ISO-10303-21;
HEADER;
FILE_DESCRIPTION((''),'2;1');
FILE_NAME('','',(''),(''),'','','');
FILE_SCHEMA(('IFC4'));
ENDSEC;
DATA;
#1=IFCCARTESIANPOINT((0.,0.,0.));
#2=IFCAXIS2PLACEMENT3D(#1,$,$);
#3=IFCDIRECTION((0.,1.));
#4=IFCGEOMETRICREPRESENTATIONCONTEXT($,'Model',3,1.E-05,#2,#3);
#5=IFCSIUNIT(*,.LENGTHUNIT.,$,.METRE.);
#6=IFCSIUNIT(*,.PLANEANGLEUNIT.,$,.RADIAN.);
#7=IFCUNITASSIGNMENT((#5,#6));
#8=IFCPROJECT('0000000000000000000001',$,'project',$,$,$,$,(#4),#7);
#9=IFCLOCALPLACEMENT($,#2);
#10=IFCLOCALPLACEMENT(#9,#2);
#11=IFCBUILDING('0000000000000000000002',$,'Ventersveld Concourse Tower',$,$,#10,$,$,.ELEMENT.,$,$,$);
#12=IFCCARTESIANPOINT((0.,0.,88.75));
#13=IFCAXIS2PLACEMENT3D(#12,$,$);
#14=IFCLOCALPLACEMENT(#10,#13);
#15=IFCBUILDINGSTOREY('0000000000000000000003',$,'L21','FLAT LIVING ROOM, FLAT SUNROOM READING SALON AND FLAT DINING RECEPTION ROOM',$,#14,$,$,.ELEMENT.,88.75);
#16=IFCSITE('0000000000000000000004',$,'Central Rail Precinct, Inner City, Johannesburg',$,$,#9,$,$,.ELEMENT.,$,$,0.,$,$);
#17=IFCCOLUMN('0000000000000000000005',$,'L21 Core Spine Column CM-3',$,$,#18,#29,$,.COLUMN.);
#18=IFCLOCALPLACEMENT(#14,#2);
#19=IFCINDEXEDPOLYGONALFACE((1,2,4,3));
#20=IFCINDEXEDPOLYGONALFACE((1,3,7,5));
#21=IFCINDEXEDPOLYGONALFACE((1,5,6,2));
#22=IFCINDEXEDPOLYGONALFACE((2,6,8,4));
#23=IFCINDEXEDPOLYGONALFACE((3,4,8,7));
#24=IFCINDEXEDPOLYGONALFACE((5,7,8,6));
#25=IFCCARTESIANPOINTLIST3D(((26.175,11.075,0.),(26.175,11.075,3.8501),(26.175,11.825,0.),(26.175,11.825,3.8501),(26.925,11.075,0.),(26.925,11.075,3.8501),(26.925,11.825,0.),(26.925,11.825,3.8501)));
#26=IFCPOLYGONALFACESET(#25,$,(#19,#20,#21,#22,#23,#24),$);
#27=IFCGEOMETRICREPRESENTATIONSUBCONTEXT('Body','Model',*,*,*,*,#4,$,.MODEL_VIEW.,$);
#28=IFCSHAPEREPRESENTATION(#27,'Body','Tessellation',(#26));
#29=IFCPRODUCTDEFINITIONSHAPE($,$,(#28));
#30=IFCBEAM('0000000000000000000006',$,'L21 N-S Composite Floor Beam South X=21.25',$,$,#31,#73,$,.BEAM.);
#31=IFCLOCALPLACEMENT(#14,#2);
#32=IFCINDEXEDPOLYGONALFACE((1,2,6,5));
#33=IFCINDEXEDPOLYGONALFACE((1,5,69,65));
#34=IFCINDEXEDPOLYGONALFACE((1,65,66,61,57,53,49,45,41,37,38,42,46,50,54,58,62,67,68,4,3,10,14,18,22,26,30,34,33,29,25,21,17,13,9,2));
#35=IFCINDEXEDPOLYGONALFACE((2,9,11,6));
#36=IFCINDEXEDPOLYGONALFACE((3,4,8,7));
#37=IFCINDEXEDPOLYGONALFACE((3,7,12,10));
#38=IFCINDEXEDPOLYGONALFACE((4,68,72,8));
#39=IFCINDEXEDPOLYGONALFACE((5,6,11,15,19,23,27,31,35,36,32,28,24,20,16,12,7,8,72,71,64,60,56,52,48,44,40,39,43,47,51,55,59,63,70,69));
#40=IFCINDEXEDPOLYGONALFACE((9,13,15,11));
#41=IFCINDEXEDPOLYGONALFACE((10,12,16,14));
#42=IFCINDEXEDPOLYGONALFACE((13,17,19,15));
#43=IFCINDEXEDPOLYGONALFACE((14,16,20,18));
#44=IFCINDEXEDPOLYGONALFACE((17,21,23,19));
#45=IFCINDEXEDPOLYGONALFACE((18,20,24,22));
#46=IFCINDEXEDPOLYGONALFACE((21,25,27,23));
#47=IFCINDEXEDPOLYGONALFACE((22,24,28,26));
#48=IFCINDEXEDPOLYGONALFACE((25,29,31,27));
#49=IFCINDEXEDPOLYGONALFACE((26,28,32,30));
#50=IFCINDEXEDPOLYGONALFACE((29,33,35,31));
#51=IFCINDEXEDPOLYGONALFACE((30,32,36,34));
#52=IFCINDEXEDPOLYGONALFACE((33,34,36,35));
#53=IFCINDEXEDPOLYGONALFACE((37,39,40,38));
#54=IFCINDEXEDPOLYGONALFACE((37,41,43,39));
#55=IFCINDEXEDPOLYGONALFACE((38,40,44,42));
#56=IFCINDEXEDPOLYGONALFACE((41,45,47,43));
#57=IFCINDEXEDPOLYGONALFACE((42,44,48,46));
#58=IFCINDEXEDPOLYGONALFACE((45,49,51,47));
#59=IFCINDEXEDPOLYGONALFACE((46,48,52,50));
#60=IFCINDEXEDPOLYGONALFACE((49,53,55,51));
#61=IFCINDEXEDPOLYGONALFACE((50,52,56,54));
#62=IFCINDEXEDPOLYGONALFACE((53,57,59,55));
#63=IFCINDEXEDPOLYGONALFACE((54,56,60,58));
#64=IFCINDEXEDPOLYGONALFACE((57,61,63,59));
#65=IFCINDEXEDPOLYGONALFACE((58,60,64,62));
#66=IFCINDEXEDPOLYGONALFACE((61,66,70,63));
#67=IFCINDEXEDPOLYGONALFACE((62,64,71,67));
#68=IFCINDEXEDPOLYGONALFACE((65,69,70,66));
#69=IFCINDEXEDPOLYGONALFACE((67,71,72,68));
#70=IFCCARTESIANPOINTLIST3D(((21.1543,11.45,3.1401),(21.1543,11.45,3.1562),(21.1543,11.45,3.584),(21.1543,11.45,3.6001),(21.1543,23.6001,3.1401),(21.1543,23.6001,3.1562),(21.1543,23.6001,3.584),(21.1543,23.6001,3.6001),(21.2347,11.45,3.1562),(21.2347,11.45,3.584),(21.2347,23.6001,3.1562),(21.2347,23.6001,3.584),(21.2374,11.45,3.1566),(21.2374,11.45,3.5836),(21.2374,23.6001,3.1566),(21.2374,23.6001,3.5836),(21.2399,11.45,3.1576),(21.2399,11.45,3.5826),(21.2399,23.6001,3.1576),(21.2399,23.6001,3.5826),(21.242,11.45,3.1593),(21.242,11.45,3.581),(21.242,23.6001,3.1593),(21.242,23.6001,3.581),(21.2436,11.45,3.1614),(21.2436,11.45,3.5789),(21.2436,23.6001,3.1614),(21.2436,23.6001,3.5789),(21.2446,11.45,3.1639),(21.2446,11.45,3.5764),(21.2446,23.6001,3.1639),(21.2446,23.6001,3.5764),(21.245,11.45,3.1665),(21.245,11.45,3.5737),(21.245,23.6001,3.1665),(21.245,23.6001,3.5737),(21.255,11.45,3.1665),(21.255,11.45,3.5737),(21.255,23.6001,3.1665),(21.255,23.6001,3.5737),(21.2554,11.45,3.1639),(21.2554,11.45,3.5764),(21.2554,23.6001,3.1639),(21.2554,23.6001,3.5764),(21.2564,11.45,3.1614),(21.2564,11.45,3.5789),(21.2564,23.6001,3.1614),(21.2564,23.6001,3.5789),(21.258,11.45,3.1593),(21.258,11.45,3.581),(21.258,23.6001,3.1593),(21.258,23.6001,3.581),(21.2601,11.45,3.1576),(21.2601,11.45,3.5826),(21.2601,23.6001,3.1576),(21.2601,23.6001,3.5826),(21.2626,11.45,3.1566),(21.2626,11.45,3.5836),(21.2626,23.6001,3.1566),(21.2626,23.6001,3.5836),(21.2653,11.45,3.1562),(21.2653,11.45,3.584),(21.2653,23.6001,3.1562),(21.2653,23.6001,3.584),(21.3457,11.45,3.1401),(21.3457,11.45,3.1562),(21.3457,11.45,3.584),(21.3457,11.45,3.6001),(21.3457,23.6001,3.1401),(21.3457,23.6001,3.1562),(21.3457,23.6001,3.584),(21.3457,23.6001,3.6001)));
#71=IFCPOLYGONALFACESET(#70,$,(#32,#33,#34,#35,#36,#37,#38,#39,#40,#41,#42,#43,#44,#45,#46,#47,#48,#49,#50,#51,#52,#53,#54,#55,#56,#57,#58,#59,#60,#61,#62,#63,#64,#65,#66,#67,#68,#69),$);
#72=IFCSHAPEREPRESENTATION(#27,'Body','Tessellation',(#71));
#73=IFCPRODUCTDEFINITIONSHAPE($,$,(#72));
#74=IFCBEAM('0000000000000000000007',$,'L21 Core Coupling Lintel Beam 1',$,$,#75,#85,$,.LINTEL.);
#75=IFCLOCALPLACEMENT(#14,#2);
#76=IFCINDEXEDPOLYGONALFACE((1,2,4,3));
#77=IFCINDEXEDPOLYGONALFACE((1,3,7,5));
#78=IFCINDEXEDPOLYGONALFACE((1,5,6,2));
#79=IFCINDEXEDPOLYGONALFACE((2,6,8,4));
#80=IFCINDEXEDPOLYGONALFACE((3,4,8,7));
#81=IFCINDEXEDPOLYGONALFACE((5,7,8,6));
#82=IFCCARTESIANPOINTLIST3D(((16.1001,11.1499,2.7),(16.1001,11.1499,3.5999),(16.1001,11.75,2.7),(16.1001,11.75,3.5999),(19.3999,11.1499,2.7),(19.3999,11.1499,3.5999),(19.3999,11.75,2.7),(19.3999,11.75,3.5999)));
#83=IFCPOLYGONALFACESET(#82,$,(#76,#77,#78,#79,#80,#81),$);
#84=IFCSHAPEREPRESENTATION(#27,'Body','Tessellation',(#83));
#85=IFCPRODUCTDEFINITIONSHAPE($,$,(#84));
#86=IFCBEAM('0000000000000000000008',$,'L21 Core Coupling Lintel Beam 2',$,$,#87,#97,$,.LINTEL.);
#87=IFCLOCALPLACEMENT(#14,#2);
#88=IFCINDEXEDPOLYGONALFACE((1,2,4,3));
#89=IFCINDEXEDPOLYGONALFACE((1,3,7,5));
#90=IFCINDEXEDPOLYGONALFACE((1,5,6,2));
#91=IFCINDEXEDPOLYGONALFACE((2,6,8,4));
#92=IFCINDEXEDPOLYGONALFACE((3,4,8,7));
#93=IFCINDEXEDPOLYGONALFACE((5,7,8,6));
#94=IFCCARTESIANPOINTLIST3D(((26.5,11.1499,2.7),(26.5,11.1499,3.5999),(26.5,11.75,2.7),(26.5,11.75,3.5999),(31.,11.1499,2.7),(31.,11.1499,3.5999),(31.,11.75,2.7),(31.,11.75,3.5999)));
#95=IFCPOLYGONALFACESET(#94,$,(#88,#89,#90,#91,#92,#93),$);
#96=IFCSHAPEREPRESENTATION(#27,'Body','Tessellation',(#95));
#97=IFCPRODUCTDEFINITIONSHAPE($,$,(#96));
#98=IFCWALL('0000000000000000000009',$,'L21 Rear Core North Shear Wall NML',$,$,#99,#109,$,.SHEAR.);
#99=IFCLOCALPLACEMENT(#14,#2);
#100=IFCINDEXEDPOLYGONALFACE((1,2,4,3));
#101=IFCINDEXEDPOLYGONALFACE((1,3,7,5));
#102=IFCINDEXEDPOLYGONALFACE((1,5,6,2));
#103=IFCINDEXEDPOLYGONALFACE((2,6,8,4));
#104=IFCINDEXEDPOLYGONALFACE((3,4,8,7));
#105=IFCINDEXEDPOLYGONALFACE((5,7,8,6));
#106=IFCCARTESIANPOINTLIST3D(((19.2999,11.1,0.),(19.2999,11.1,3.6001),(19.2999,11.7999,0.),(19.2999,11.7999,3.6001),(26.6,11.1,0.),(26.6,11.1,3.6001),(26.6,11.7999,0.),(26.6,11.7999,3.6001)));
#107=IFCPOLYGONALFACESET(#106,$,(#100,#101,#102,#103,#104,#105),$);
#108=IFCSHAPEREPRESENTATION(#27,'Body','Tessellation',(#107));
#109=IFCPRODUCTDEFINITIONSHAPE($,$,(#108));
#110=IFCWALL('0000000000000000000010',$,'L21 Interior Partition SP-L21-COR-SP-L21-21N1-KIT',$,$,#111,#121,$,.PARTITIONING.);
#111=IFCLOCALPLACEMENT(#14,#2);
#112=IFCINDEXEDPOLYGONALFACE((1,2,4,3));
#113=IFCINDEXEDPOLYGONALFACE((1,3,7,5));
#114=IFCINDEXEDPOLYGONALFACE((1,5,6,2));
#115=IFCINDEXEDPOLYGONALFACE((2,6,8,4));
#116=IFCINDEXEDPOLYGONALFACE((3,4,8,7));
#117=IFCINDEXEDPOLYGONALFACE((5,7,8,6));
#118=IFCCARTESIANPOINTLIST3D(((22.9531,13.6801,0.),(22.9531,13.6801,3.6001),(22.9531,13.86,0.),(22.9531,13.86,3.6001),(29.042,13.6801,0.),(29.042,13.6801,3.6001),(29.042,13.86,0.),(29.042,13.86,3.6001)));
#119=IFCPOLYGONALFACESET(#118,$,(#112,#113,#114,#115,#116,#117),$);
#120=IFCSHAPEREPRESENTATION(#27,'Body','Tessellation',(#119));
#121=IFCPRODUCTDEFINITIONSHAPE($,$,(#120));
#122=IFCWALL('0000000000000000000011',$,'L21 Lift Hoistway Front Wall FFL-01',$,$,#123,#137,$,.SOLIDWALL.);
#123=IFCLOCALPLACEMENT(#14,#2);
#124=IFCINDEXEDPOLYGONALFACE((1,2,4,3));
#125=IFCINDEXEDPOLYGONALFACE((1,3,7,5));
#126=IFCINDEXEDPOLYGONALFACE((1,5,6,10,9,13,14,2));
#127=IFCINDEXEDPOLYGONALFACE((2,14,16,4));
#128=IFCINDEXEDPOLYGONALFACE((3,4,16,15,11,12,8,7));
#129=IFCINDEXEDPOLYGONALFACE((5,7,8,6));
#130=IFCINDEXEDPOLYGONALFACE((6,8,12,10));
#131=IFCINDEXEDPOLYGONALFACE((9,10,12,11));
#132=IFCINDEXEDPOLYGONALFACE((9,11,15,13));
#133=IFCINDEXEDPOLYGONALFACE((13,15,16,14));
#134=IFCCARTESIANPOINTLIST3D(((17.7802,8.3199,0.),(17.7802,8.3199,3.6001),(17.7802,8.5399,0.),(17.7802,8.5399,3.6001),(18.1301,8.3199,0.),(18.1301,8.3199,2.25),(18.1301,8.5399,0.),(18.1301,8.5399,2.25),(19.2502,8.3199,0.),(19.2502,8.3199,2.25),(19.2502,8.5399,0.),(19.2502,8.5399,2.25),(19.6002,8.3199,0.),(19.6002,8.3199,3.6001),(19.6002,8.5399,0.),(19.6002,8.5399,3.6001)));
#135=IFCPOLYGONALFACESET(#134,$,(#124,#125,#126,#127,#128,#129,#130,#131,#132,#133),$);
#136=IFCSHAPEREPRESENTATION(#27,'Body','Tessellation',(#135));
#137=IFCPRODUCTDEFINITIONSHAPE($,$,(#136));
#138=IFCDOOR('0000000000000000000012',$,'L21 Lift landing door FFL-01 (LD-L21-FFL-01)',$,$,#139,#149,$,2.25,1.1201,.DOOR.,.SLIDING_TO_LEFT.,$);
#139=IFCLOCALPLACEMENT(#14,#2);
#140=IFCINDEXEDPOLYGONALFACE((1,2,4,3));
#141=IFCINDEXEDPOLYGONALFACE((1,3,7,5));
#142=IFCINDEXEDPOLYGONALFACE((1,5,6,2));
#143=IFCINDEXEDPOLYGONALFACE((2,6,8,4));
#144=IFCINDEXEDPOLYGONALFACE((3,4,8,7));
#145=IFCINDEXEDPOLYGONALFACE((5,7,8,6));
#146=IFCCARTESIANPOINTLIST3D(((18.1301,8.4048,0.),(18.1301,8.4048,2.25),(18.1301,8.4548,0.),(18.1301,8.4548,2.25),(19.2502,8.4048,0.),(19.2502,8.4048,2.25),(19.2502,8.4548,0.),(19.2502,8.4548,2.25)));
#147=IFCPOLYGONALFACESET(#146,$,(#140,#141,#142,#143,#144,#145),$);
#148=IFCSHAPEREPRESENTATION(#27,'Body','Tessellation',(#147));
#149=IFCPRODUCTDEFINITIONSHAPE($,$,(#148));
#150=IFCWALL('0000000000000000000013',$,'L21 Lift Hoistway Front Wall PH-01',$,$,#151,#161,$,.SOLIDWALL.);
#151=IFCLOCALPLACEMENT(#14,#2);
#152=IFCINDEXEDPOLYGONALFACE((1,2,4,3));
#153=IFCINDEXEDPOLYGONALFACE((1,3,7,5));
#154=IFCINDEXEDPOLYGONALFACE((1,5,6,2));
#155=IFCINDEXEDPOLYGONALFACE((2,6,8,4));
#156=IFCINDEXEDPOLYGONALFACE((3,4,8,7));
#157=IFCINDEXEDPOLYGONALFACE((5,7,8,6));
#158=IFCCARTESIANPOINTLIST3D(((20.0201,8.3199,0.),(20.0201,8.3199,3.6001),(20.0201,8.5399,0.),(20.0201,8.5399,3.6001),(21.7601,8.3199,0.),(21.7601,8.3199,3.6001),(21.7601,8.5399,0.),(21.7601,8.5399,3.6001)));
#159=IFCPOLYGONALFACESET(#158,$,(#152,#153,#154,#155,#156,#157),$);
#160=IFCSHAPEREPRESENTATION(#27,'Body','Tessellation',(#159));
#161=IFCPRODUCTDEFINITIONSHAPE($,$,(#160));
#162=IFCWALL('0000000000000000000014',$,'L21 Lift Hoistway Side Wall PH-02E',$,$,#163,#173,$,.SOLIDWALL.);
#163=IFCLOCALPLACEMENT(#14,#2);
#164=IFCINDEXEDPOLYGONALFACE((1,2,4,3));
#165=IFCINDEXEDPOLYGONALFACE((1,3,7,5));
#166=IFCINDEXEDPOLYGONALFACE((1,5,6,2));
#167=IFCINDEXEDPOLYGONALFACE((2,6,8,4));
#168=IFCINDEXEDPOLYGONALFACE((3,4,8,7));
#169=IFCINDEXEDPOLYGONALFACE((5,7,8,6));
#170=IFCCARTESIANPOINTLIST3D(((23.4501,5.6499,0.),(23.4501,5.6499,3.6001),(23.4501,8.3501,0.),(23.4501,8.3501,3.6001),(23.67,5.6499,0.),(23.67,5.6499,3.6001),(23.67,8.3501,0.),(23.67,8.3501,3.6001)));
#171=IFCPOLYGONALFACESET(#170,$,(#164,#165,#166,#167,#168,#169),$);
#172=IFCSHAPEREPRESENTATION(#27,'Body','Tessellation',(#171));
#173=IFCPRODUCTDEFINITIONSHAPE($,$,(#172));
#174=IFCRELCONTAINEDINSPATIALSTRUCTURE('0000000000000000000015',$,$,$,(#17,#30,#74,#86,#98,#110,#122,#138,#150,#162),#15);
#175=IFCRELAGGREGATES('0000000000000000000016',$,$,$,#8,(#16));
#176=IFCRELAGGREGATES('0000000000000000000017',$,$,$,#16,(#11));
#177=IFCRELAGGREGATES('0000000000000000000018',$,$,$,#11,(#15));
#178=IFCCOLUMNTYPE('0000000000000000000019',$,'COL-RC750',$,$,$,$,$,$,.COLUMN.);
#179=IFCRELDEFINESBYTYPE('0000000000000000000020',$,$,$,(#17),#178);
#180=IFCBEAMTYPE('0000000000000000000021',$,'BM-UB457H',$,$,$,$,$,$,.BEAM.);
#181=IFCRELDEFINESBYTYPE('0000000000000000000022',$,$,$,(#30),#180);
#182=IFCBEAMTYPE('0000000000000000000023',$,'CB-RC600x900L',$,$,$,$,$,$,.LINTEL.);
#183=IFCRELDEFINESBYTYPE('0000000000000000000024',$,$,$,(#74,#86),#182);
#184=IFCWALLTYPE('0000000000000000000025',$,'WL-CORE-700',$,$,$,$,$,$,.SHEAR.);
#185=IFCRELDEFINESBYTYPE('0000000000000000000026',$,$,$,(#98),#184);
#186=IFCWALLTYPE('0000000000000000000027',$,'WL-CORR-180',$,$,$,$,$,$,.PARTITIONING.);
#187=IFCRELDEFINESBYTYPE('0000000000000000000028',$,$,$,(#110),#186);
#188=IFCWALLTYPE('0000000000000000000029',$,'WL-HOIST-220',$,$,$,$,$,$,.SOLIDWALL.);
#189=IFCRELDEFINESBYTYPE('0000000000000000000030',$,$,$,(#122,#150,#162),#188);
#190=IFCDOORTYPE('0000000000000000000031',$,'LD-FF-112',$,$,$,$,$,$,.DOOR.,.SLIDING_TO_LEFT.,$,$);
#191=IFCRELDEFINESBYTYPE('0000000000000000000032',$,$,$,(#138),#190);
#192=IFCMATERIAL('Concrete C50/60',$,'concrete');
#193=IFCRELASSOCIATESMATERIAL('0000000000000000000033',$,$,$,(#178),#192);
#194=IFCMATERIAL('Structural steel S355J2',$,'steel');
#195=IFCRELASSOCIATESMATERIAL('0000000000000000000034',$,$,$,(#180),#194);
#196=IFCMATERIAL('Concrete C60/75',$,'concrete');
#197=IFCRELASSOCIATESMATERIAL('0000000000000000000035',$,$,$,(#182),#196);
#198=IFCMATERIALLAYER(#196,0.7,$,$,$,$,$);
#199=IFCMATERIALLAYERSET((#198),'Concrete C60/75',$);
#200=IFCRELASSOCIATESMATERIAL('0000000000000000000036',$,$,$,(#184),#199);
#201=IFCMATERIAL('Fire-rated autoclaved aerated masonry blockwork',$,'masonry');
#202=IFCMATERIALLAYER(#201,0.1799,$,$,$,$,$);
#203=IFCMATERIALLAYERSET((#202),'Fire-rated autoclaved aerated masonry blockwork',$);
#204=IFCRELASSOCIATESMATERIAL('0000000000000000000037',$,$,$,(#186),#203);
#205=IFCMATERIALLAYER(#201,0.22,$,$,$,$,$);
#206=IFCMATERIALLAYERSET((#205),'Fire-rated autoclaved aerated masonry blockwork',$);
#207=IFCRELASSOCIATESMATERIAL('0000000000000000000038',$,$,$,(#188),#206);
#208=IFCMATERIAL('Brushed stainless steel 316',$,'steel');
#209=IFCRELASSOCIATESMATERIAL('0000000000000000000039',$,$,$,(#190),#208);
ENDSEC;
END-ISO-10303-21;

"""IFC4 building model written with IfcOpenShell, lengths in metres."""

from ifc_helpers import new_model, si_unit, direction, frame, frame_2d, origin, origin_2d, place, context, subcontext, project, spatial, rectangle, i_section, extrude, material, layer, layer_set, material_profile, profile_set, type_object, element, fill, save


model = new_model("IFC4")

# Units and contexts
model_context = context("Model", 3, precision=1e-05, world=origin(), true_north=direction((0.0, 1.0)))
body_context = subcontext(model_context, "Body", "Model", "MODEL_VIEW")
ifc_project = project(units=[si_unit("LENGTHUNIT", "METRE"), si_unit("PLANEANGLEUNIT", "RADIAN")], contexts=[model_context])

# Site, building, storey
site_placement = place(None, origin())
site = spatial("IfcSite", under=ifc_project, at=site_placement, Name="Central Rail Precinct, Inner City, Johannesburg", CompositionType="ELEMENT", RefElevation=0.0)
building_placement = place(site_placement, origin())
building = spatial("IfcBuilding", under=site, at=building_placement, Name="Ventersveld Concourse Tower", CompositionType="ELEMENT")
storey_placement = place(building_placement, frame((0.0, 0.0, 88.75)))
storey = spatial("IfcBuildingStorey", under=building, at=storey_placement, Name="L21", Description="FLAT LIVING ROOM, FLAT SUNROOM READING SALON AND FLAT DINING RECEPTION ROOM", CompositionType="ELEMENT", Elevation=88.75)

# Column
ifc_material_1 = material(Name="Concrete C50/60", Category="concrete")
ifc_material_profile_1 = material_profile(ifc_material_1, rectangle(XDim=0.75, YDim=0.75, at=origin_2d()), Name="RC 750x750")
ifc_profile_set_1 = profile_set([ifc_material_profile_1], Name="Concrete C50/60")
column_type = type_object("IfcColumnType", Name="COL-RC750", PredefinedType="COLUMN", material=ifc_profile_set_1)
column_placement = place(storey_placement, frame((26.55, 11.45, 0.0), z_axis=(0.0, 0.0, 1.0), x_axis=(1.0, 0.0, 0.0)))
element("IfcColumn", 1, at=column_placement, inside=storey, type_object=column_type, Name="L21 Core Spine Column CM-3", PredefinedType="COLUMN", context=body_context, shape_type="SweptSolid", body=[
    extrude(rectangle(XDim=0.75, YDim=0.75, at=origin_2d()), origin(), (0.0, 0.0, 1.0), 3.8501),
])

# Beams
ifc_material_2 = material(Name="Structural steel S355J2", Category="steel")
ifc_material_profile_2 = material_profile(ifc_material_2, i_section(OverallWidth=0.1914, OverallDepth=0.46, WebThickness=0.01, FlangeThickness=0.0161, FilletRadius=0.0103, at=origin_2d()), Name="UB 457x191x82")
ifc_profile_set_2 = profile_set([ifc_material_profile_2], Name="Structural steel S355J2")
beam_type_1 = type_object("IfcBeamType", Name="BM-UB457H", PredefinedType="BEAM", material=ifc_profile_set_2)
beam_1_placement = place(storey_placement, frame((21.25, 11.45, 3.3701), z_axis=(0.0, 1.0, 0.0), x_axis=(-1.0, 0.0, 0.0)))
element("IfcBeam", 2, at=beam_1_placement, inside=storey, type_object=beam_type_1, Name="L21 N-S Composite Floor Beam South X=21.25", PredefinedType="BEAM", context=body_context, shape_type="SweptSolid", body=[
    extrude(i_section(OverallWidth=0.1914, OverallDepth=0.46, WebThickness=0.01, FlangeThickness=0.0161, FilletRadius=0.0103, at=origin_2d()), origin(), (0.0, 0.0, 1.0), 12.1501),
])
ifc_material_3 = material(Name="Concrete C60/75", Category="concrete")
ifc_material_profile_3 = material_profile(ifc_material_3, rectangle(XDim=0.6001, YDim=0.8999, at=origin_2d()), Name="RC 600x900")
ifc_profile_set_3 = profile_set([ifc_material_profile_3], Name="Concrete C60/75")
beam_type_2 = type_object("IfcBeamType", Name="CB-RC600x900L", PredefinedType="LINTEL", material=ifc_profile_set_3)
beam_2_placement = place(storey_placement, frame((16.1001, 11.45, 3.1499), z_axis=(1.0, 0.0, 0.0), x_axis=(0.0, 1.0, 0.0)))
element("IfcBeam", 3, at=beam_2_placement, inside=storey, type_object=beam_type_2, Name="L21 Core Coupling Lintel Beam 1", PredefinedType="LINTEL", context=body_context, shape_type="SweptSolid", body=[
    extrude(rectangle(XDim=0.6001, YDim=0.8999, at=origin_2d()), origin(), (0.0, 0.0, 1.0), 3.2998),
])
beam_3_placement = place(storey_placement, frame((26.5, 11.45, 3.1499), z_axis=(1.0, 0.0, 0.0), x_axis=(0.0, 1.0, 0.0)))
element("IfcBeam", 4, at=beam_3_placement, inside=storey, type_object=beam_type_2, Name="L21 Core Coupling Lintel Beam 2", PredefinedType="LINTEL", context=body_context, shape_type="SweptSolid", body=[
    extrude(rectangle(XDim=0.6001, YDim=0.8999, at=origin_2d()), origin(), (0.0, 0.0, 1.0), 4.5),
])

# Wall
ifc_layer_1 = layer(ifc_material_3, 0.7)
ifc_layer_set_1 = layer_set([ifc_layer_1], Name="Concrete C60/75")
wall_type_1 = type_object("IfcWallType", Name="WL-CORE-700", PredefinedType="SHEAR", material=ifc_layer_set_1)
wall_1_placement = place(storey_placement, frame((19.3, 11.45, 0.0), z_axis=(0.0, 0.0, 1.0), x_axis=(1.0, 0.0, 0.0)))
element("IfcWall", 5, at=wall_1_placement, inside=storey, type_object=wall_type_1, Name="L21 Rear Core North Shear Wall NML", PredefinedType="SHEAR", context=body_context, shape_type="SweptSolid", body=[
    extrude(rectangle(XDim=7.3, YDim=0.7, at=frame_2d((3.6499, 0.0))), origin(), (0.0, 0.0, 1.0), 3.6001),
])

# Shared definitions
ifc_material_4 = material(Name="Fire-rated autoclaved aerated masonry blockwork", Category="masonry")
ifc_layer_2 = layer(ifc_material_4, 0.1799)
ifc_layer_set_2 = layer_set([ifc_layer_2], Name="Fire-rated autoclaved aerated masonry blockwork")
wall_type_2 = type_object("IfcWallType", Name="WL-CORR-180", PredefinedType="PARTITIONING", material=ifc_layer_set_2)

# Wall
wall_2_placement = place(storey_placement, frame((22.9531, 13.77, 0.0), z_axis=(0.0, 0.0, 1.0), x_axis=(1.0, 0.0, 0.0)))
element("IfcWall", 6, at=wall_2_placement, inside=storey, type_object=wall_type_2, Name="L21 Interior Partition SP-L21-COR-SP-L21-21N1-KIT", PredefinedType="PARTITIONING", context=body_context, shape_type="SweptSolid", body=[
    extrude(rectangle(XDim=6.0889, YDim=0.1799, at=frame_2d((3.0444, 0.0))), origin(), (0.0, 0.0, 1.0), 3.6001),
])

# Wall, opening, door
ifc_layer_3 = layer(ifc_material_4, 0.22)
ifc_layer_set_3 = layer_set([ifc_layer_3], Name="Fire-rated autoclaved aerated masonry blockwork")
wall_type_3 = type_object("IfcWallType", Name="WL-HOIST-220", PredefinedType="SOLIDWALL", material=ifc_layer_set_3)
wall_3_placement = place(storey_placement, frame((17.78, 8.4299, 0.0), z_axis=(0.0, 0.0, 1.0), x_axis=(1.0, 0.0, 0.0)))
wall_3 = element("IfcWall", 7, at=wall_3_placement, inside=storey, type_object=wall_type_3, Name="L21 Lift Hoistway Front Wall FFL-01", PredefinedType="SOLIDWALL", context=body_context, shape_type="SweptSolid", body=[
    extrude(rectangle(XDim=1.8201, YDim=0.22, at=frame_2d((0.9102, 0.0))), origin(), (0.0, 0.0, 1.0), 3.6001),
])
opening_1_placement = place(wall_3_placement, frame((0.3501, 0.0, 0.0)))
opening_1 = element("IfcOpeningElement", 8, at=opening_1_placement, cuts=wall_3, PredefinedType="OPENING", context=body_context, shape_type="SweptSolid", body=[
    extrude(rectangle(XDim=1.1201, YDim=2.25, at=frame_2d((0.5601, 1.125))), frame((0.0, 0.1201, 0.0), z_axis=(0.0, -1.0, 0.0), x_axis=(1.0, 0.0, 0.0)), (0.0, 0.0, 1.0), 0.24),
])
ifc_material_5 = material(Name="Brushed stainless steel 316", Category="steel")
door_type_1 = type_object("IfcDoorType", Name="LD-FF-112", OperationType="SLIDING_TO_LEFT", PredefinedType="DOOR", material=ifc_material_5)
door_1_placement = place(opening_1_placement, origin())
door_1 = element("IfcDoor", 9, at=door_1_placement, inside=storey, type_object=door_type_1, Name="L21 Lift landing door FFL-01 (LD-L21-FFL-01)", OperationType="SLIDING_TO_LEFT", OverallHeight=2.25, OverallWidth=1.1201, PredefinedType="DOOR", context=body_context, shape_type="SweptSolid", body=[
    extrude(rectangle(XDim=1.1201, YDim=2.25, at=frame_2d((0.5601, 1.125))), frame((0.0, 0.0249, 0.0), z_axis=(0.0, -1.0, 0.0), x_axis=(1.0, 0.0, 0.0)), (0.0, 0.0, 1.0), 0.05),
])
fill(opening_1, door_1)

# Walls
wall_4_placement = place(storey_placement, frame((20.02, 8.4299, 0.0), z_axis=(0.0, 0.0, 1.0), x_axis=(1.0, 0.0, 0.0)))
element("IfcWall", 10, at=wall_4_placement, inside=storey, type_object=wall_type_3, Name="L21 Lift Hoistway Front Wall PH-01", PredefinedType="SOLIDWALL", context=body_context, shape_type="SweptSolid", body=[
    extrude(rectangle(XDim=1.74, YDim=0.22, at=frame_2d((0.8701, 0.0))), origin(), (0.0, 0.0, 1.0), 3.6001),
])
wall_5_placement = place(storey_placement, frame((23.5601, 5.6499, 0.0), z_axis=(0.0, 0.0, 1.0), x_axis=(0.0, 1.0, 0.0)))
element("IfcWall", 11, at=wall_5_placement, inside=storey, type_object=wall_type_3, Name="L21 Lift Hoistway Side Wall PH-02E", PredefinedType="SOLIDWALL", context=body_context, shape_type="SweptSolid", body=[
    extrude(rectangle(XDim=2.7002, YDim=0.22, at=frame_2d((1.3501, 0.0))), origin(), (0.0, 0.0, 1.0), 3.6001),
])

save(model, "model.ifc")
